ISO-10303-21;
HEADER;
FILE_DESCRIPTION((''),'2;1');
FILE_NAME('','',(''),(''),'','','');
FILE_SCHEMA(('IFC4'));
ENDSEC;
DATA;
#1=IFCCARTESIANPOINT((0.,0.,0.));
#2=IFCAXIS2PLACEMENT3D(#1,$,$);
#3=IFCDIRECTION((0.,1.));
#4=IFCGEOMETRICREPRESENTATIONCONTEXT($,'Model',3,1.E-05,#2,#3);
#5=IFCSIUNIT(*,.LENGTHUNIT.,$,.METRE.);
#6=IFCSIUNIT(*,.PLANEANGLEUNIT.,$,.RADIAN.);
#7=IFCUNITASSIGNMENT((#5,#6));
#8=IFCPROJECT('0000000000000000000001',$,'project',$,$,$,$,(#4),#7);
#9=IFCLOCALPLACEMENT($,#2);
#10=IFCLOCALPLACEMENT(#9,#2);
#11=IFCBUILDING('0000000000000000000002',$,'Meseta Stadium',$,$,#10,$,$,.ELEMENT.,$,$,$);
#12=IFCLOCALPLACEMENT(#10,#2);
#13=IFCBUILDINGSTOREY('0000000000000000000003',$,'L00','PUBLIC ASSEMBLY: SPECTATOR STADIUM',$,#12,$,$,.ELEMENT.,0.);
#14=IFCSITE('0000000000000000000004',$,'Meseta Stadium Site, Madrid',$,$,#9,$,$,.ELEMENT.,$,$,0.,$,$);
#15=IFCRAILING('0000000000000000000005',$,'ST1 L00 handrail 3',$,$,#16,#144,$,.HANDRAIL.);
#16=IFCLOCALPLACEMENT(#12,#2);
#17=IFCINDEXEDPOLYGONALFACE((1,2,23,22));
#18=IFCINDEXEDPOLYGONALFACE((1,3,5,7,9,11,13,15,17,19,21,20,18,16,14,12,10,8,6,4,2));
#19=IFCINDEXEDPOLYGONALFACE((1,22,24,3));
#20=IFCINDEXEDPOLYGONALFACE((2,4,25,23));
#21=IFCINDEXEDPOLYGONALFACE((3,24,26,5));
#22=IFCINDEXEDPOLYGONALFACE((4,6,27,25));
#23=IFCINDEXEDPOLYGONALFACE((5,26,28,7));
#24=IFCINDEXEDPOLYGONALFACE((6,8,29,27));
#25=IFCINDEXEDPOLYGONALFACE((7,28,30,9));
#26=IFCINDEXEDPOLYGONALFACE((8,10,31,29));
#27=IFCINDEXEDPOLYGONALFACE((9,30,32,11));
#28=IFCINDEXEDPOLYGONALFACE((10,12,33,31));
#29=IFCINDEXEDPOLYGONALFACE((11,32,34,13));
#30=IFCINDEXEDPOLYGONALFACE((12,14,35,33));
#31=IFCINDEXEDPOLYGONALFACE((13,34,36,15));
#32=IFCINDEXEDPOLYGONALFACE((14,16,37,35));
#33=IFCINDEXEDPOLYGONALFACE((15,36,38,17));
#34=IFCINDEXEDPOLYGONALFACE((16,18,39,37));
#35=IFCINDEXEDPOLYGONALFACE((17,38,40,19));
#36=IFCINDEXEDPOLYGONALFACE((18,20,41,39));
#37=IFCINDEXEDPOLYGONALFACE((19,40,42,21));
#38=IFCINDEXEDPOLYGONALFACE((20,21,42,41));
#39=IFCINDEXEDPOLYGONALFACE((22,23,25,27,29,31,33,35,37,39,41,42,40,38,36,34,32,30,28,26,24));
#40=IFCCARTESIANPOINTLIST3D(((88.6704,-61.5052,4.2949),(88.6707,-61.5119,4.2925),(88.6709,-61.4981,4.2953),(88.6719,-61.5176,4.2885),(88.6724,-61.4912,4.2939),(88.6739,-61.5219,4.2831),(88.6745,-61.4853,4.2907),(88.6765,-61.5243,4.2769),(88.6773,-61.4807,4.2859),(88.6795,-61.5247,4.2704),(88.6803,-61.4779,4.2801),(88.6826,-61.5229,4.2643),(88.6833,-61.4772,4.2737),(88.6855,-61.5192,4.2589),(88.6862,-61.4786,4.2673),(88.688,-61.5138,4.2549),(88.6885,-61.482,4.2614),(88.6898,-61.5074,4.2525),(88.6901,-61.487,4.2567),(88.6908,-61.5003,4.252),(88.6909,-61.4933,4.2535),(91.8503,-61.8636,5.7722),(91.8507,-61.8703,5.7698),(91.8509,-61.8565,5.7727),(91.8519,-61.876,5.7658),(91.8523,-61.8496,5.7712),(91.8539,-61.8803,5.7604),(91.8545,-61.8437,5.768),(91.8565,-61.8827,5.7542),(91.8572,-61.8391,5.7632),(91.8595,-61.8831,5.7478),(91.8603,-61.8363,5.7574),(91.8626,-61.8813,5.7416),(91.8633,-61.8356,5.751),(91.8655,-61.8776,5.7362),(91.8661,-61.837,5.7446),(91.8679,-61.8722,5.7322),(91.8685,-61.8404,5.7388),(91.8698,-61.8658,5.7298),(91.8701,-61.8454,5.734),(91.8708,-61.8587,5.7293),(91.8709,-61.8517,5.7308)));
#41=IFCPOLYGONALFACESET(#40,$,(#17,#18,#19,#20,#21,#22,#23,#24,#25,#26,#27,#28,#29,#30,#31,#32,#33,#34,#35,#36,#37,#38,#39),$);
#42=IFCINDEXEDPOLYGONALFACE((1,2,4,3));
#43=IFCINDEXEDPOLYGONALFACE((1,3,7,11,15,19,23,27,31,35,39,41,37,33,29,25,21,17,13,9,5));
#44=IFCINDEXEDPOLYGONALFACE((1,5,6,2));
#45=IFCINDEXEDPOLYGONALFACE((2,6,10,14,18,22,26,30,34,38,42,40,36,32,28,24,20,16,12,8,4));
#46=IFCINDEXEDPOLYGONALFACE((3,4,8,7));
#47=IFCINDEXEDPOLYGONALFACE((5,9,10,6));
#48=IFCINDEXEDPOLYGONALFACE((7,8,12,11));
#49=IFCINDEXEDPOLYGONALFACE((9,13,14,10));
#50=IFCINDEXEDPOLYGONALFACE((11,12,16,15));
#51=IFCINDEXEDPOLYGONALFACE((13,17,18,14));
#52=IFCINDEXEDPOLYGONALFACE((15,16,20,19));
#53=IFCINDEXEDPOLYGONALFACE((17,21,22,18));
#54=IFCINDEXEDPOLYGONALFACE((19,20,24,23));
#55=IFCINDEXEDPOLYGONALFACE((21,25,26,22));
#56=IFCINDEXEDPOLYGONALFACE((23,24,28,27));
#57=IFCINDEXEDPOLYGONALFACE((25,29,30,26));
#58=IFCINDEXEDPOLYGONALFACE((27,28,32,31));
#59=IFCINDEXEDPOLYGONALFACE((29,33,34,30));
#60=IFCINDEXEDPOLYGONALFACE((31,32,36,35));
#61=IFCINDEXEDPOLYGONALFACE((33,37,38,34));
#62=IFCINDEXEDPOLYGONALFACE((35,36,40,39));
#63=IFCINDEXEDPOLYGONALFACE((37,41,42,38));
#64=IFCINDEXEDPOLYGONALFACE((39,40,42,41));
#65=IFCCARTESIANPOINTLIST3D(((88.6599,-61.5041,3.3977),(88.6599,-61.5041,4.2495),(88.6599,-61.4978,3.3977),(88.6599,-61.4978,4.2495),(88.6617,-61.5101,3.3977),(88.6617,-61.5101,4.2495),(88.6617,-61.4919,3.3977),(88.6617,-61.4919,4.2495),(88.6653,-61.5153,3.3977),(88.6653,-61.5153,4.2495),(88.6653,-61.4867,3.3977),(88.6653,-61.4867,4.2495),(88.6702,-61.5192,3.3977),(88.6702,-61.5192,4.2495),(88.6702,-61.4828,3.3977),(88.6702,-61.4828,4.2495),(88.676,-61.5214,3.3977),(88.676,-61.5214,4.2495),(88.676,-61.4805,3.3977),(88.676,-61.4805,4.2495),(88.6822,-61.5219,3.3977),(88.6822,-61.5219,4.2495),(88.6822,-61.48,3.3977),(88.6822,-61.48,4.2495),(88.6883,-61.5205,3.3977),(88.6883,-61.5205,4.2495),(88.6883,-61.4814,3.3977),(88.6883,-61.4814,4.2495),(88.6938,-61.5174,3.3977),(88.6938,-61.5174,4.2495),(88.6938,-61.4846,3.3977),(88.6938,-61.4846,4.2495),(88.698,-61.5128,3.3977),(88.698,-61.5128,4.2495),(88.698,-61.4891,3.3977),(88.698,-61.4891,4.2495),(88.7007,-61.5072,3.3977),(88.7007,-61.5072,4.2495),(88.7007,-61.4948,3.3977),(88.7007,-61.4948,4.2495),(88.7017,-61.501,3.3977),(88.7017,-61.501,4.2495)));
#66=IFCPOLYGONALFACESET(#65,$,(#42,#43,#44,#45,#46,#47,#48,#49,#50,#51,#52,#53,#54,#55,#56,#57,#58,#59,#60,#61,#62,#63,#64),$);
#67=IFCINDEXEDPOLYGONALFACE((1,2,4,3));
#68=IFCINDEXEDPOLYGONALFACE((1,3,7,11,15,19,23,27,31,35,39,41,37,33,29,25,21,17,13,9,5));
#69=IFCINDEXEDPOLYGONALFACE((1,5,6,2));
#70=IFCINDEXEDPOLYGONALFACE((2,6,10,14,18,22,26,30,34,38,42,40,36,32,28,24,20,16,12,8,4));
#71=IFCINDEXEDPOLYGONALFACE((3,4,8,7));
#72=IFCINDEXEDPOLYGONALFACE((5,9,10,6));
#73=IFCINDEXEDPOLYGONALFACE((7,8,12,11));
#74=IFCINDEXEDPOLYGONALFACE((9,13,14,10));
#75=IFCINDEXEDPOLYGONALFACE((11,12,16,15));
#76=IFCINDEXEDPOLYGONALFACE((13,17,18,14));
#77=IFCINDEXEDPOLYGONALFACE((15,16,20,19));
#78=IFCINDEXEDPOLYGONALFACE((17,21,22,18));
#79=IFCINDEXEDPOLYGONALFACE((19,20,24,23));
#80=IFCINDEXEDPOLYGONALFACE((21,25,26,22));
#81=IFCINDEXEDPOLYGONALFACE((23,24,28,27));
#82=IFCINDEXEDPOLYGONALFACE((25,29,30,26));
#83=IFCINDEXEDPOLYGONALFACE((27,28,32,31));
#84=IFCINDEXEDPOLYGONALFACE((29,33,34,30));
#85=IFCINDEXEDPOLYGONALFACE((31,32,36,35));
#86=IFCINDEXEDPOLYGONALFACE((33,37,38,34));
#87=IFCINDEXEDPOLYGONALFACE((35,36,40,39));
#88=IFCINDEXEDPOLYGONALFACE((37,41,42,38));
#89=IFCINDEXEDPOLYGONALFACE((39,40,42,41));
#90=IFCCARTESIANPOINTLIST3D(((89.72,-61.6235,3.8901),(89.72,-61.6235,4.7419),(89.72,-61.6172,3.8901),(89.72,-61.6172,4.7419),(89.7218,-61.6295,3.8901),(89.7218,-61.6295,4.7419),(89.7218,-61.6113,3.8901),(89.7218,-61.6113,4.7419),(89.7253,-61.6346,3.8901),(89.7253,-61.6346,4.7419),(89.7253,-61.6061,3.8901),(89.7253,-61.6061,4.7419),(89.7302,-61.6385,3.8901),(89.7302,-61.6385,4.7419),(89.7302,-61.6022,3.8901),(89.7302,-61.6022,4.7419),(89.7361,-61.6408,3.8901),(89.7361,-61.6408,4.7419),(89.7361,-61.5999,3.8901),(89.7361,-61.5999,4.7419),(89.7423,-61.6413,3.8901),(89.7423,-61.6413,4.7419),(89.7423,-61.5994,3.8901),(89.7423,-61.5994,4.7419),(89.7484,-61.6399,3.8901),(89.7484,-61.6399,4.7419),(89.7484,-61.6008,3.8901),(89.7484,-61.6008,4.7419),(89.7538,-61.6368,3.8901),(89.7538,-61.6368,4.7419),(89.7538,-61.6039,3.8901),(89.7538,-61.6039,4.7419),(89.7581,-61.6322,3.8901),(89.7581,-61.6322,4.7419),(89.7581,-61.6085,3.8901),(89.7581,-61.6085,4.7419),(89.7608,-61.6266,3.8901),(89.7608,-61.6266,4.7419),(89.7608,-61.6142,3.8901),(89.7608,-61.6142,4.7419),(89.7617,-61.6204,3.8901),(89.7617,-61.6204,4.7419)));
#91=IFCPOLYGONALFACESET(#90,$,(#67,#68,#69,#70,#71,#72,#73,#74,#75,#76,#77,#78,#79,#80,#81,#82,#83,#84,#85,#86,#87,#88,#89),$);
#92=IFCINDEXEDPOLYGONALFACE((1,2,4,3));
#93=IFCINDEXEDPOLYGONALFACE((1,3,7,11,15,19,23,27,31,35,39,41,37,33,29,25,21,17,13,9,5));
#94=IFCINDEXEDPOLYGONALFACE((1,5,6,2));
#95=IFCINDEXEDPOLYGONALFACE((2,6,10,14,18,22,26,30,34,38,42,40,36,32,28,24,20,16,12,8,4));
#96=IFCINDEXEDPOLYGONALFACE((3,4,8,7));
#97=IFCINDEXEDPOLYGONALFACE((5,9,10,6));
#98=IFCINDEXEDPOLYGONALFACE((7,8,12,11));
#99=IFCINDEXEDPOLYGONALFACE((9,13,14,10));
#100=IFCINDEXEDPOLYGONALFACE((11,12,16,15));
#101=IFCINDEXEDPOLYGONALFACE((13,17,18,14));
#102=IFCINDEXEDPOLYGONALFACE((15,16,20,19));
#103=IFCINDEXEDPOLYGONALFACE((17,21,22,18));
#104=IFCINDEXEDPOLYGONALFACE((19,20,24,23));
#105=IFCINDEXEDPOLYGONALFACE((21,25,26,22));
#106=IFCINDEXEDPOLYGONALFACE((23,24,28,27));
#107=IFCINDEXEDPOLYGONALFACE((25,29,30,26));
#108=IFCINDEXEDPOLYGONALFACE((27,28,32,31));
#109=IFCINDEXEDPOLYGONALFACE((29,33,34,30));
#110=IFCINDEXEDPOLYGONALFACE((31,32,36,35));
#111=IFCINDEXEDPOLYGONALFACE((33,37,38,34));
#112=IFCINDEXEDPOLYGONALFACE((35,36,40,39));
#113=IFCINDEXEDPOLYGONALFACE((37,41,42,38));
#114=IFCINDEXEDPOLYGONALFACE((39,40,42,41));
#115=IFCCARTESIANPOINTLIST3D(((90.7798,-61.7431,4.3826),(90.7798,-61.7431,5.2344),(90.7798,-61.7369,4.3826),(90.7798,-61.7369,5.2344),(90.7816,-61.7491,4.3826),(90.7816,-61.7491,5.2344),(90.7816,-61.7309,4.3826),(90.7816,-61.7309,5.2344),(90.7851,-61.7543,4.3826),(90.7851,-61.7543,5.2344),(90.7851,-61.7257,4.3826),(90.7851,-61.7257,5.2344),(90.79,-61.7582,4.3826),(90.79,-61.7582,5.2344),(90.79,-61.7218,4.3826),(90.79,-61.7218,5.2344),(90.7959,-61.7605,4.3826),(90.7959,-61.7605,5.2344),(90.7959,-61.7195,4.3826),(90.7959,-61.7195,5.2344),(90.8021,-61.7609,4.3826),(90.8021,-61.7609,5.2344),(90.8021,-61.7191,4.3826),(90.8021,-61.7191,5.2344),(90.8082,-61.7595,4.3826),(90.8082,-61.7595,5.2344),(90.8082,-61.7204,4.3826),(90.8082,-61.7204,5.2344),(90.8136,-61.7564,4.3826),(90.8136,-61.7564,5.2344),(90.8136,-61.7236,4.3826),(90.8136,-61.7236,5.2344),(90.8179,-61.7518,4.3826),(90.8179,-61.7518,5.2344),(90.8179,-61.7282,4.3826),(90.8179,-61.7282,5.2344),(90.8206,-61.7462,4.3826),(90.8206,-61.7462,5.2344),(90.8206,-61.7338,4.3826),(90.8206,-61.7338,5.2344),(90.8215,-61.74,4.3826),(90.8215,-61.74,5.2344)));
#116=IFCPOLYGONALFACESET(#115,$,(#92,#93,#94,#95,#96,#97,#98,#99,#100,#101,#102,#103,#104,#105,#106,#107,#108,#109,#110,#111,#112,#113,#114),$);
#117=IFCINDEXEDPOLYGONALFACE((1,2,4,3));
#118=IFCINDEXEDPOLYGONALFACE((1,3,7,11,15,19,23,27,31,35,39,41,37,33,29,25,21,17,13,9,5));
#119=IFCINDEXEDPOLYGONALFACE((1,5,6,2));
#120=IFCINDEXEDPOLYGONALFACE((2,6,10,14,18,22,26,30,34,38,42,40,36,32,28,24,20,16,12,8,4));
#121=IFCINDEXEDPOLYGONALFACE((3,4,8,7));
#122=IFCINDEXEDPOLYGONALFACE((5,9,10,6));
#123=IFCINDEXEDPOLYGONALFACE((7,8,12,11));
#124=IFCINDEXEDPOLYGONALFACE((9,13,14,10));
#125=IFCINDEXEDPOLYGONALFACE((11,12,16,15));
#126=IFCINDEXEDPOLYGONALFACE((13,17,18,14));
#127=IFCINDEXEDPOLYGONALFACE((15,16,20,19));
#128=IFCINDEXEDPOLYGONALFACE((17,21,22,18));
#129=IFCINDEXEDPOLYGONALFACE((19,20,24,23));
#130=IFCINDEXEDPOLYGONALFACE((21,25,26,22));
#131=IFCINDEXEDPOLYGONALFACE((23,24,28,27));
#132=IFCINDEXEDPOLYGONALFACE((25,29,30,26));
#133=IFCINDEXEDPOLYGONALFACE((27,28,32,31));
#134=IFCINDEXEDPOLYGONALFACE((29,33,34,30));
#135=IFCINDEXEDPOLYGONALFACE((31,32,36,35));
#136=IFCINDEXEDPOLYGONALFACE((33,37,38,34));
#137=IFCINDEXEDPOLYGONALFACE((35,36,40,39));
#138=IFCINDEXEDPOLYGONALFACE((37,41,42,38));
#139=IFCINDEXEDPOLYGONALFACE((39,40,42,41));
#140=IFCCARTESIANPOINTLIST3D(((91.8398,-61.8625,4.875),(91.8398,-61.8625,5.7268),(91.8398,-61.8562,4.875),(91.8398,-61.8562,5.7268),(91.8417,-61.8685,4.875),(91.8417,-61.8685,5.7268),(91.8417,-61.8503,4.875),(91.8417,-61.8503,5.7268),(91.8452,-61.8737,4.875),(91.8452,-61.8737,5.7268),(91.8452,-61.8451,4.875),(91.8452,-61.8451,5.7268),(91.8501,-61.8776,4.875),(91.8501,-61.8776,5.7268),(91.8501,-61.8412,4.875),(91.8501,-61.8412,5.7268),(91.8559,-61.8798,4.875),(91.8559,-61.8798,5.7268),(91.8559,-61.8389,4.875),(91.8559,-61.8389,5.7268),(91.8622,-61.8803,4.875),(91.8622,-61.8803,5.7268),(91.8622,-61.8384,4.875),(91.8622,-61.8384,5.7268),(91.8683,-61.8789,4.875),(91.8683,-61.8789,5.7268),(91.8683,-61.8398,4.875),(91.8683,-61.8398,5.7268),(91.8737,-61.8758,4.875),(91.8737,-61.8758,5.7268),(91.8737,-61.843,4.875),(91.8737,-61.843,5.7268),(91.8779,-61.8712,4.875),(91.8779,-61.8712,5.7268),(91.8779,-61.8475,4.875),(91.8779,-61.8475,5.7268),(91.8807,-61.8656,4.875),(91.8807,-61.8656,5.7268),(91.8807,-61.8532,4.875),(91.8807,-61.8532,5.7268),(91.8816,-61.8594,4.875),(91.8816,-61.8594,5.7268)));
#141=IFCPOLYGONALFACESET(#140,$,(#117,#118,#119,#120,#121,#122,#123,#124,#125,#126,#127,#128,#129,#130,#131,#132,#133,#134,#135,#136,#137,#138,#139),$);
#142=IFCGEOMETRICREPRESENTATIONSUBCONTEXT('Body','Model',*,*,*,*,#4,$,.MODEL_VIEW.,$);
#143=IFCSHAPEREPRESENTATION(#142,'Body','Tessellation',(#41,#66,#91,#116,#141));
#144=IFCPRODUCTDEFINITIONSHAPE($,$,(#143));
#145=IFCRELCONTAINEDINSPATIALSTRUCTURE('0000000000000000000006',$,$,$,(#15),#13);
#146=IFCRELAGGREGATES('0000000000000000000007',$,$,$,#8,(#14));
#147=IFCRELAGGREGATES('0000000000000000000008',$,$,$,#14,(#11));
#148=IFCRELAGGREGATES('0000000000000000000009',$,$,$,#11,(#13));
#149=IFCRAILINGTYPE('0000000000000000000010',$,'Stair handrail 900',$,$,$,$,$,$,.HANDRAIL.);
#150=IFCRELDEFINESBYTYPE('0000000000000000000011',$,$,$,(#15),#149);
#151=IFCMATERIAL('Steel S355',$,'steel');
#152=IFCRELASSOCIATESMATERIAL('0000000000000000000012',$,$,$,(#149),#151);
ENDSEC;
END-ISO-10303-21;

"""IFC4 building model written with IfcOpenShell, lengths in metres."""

from ifc_helpers import new_model, si_unit, direction, frame, origin, origin_2d, place, context, subcontext, project, spatial, circle, extrude, material, type_object, element, save


model = new_model("IFC4")

# Units and contexts
model_context = context("Model", 3, precision=1e-05, world=origin(), true_north=direction((0.0, 1.0)))
body_context = subcontext(model_context, "Body", "Model", "MODEL_VIEW")
ifc_project = project(units=[si_unit("LENGTHUNIT", "METRE"), si_unit("PLANEANGLEUNIT", "RADIAN")], contexts=[model_context])

# Site, building, storey
site_placement = place(None, origin())
site = spatial("IfcSite", under=ifc_project, at=site_placement, Name="Meseta Stadium Site, Madrid", CompositionType="ELEMENT", RefElevation=0.0)
building_placement = place(site_placement, origin())
building = spatial("IfcBuilding", under=site, at=building_placement, Name="Meseta Stadium", CompositionType="ELEMENT")
storey_placement = place(building_placement, origin())
storey = spatial("IfcBuildingStorey", under=building, at=storey_placement, Name="L00", Description="PUBLIC ASSEMBLY: SPECTATOR STADIUM", CompositionType="ELEMENT", Elevation=0.0)

# Railing
ifc_material_1 = material(Name="Steel S355", Category="steel")
railing_type_1 = type_object("IfcRailingType", Name="Stair handrail 900", PredefinedType="HANDRAIL", material=ifc_material_1)
railing_1_placement = place(storey_placement, frame((88.6807, -61.501, 3.3977)))
element("IfcRailing", 1, at=railing_1_placement, inside=storey, type_object=railing_type_1, Name="ST1 L00 handrail 3", PredefinedType="HANDRAIL", context=body_context, shape_type="SweptSolid", body=[
    extrude(circle(Radius=0.0239, at=origin_2d()), frame((0.0, 0.0, 0.876), z_axis=(0.90221, -0.101685, 0.419138), x_axis=(0.111997, 0.993709, 0.0)), (0.0, 0.0, 1.0), 3.5247),
    extrude(circle(Radius=0.021, at=origin_2d()), origin(), (0.0, 0.0, 1.0), 0.8518),
    extrude(circle(Radius=0.021, at=origin_2d()), frame((1.0601, -0.1194, 0.4924)), (0.0, 0.0, 1.0), 0.8518),
    extrude(circle(Radius=0.021, at=origin_2d()), frame((2.1199, -0.239, 0.9849)), (0.0, 0.0, 1.0), 0.8518),
    extrude(circle(Radius=0.021, at=origin_2d()), frame((3.1799, -0.3584, 1.4773)), (0.0, 0.0, 1.0), 0.8518),
])

save(model, "model.ifc")
